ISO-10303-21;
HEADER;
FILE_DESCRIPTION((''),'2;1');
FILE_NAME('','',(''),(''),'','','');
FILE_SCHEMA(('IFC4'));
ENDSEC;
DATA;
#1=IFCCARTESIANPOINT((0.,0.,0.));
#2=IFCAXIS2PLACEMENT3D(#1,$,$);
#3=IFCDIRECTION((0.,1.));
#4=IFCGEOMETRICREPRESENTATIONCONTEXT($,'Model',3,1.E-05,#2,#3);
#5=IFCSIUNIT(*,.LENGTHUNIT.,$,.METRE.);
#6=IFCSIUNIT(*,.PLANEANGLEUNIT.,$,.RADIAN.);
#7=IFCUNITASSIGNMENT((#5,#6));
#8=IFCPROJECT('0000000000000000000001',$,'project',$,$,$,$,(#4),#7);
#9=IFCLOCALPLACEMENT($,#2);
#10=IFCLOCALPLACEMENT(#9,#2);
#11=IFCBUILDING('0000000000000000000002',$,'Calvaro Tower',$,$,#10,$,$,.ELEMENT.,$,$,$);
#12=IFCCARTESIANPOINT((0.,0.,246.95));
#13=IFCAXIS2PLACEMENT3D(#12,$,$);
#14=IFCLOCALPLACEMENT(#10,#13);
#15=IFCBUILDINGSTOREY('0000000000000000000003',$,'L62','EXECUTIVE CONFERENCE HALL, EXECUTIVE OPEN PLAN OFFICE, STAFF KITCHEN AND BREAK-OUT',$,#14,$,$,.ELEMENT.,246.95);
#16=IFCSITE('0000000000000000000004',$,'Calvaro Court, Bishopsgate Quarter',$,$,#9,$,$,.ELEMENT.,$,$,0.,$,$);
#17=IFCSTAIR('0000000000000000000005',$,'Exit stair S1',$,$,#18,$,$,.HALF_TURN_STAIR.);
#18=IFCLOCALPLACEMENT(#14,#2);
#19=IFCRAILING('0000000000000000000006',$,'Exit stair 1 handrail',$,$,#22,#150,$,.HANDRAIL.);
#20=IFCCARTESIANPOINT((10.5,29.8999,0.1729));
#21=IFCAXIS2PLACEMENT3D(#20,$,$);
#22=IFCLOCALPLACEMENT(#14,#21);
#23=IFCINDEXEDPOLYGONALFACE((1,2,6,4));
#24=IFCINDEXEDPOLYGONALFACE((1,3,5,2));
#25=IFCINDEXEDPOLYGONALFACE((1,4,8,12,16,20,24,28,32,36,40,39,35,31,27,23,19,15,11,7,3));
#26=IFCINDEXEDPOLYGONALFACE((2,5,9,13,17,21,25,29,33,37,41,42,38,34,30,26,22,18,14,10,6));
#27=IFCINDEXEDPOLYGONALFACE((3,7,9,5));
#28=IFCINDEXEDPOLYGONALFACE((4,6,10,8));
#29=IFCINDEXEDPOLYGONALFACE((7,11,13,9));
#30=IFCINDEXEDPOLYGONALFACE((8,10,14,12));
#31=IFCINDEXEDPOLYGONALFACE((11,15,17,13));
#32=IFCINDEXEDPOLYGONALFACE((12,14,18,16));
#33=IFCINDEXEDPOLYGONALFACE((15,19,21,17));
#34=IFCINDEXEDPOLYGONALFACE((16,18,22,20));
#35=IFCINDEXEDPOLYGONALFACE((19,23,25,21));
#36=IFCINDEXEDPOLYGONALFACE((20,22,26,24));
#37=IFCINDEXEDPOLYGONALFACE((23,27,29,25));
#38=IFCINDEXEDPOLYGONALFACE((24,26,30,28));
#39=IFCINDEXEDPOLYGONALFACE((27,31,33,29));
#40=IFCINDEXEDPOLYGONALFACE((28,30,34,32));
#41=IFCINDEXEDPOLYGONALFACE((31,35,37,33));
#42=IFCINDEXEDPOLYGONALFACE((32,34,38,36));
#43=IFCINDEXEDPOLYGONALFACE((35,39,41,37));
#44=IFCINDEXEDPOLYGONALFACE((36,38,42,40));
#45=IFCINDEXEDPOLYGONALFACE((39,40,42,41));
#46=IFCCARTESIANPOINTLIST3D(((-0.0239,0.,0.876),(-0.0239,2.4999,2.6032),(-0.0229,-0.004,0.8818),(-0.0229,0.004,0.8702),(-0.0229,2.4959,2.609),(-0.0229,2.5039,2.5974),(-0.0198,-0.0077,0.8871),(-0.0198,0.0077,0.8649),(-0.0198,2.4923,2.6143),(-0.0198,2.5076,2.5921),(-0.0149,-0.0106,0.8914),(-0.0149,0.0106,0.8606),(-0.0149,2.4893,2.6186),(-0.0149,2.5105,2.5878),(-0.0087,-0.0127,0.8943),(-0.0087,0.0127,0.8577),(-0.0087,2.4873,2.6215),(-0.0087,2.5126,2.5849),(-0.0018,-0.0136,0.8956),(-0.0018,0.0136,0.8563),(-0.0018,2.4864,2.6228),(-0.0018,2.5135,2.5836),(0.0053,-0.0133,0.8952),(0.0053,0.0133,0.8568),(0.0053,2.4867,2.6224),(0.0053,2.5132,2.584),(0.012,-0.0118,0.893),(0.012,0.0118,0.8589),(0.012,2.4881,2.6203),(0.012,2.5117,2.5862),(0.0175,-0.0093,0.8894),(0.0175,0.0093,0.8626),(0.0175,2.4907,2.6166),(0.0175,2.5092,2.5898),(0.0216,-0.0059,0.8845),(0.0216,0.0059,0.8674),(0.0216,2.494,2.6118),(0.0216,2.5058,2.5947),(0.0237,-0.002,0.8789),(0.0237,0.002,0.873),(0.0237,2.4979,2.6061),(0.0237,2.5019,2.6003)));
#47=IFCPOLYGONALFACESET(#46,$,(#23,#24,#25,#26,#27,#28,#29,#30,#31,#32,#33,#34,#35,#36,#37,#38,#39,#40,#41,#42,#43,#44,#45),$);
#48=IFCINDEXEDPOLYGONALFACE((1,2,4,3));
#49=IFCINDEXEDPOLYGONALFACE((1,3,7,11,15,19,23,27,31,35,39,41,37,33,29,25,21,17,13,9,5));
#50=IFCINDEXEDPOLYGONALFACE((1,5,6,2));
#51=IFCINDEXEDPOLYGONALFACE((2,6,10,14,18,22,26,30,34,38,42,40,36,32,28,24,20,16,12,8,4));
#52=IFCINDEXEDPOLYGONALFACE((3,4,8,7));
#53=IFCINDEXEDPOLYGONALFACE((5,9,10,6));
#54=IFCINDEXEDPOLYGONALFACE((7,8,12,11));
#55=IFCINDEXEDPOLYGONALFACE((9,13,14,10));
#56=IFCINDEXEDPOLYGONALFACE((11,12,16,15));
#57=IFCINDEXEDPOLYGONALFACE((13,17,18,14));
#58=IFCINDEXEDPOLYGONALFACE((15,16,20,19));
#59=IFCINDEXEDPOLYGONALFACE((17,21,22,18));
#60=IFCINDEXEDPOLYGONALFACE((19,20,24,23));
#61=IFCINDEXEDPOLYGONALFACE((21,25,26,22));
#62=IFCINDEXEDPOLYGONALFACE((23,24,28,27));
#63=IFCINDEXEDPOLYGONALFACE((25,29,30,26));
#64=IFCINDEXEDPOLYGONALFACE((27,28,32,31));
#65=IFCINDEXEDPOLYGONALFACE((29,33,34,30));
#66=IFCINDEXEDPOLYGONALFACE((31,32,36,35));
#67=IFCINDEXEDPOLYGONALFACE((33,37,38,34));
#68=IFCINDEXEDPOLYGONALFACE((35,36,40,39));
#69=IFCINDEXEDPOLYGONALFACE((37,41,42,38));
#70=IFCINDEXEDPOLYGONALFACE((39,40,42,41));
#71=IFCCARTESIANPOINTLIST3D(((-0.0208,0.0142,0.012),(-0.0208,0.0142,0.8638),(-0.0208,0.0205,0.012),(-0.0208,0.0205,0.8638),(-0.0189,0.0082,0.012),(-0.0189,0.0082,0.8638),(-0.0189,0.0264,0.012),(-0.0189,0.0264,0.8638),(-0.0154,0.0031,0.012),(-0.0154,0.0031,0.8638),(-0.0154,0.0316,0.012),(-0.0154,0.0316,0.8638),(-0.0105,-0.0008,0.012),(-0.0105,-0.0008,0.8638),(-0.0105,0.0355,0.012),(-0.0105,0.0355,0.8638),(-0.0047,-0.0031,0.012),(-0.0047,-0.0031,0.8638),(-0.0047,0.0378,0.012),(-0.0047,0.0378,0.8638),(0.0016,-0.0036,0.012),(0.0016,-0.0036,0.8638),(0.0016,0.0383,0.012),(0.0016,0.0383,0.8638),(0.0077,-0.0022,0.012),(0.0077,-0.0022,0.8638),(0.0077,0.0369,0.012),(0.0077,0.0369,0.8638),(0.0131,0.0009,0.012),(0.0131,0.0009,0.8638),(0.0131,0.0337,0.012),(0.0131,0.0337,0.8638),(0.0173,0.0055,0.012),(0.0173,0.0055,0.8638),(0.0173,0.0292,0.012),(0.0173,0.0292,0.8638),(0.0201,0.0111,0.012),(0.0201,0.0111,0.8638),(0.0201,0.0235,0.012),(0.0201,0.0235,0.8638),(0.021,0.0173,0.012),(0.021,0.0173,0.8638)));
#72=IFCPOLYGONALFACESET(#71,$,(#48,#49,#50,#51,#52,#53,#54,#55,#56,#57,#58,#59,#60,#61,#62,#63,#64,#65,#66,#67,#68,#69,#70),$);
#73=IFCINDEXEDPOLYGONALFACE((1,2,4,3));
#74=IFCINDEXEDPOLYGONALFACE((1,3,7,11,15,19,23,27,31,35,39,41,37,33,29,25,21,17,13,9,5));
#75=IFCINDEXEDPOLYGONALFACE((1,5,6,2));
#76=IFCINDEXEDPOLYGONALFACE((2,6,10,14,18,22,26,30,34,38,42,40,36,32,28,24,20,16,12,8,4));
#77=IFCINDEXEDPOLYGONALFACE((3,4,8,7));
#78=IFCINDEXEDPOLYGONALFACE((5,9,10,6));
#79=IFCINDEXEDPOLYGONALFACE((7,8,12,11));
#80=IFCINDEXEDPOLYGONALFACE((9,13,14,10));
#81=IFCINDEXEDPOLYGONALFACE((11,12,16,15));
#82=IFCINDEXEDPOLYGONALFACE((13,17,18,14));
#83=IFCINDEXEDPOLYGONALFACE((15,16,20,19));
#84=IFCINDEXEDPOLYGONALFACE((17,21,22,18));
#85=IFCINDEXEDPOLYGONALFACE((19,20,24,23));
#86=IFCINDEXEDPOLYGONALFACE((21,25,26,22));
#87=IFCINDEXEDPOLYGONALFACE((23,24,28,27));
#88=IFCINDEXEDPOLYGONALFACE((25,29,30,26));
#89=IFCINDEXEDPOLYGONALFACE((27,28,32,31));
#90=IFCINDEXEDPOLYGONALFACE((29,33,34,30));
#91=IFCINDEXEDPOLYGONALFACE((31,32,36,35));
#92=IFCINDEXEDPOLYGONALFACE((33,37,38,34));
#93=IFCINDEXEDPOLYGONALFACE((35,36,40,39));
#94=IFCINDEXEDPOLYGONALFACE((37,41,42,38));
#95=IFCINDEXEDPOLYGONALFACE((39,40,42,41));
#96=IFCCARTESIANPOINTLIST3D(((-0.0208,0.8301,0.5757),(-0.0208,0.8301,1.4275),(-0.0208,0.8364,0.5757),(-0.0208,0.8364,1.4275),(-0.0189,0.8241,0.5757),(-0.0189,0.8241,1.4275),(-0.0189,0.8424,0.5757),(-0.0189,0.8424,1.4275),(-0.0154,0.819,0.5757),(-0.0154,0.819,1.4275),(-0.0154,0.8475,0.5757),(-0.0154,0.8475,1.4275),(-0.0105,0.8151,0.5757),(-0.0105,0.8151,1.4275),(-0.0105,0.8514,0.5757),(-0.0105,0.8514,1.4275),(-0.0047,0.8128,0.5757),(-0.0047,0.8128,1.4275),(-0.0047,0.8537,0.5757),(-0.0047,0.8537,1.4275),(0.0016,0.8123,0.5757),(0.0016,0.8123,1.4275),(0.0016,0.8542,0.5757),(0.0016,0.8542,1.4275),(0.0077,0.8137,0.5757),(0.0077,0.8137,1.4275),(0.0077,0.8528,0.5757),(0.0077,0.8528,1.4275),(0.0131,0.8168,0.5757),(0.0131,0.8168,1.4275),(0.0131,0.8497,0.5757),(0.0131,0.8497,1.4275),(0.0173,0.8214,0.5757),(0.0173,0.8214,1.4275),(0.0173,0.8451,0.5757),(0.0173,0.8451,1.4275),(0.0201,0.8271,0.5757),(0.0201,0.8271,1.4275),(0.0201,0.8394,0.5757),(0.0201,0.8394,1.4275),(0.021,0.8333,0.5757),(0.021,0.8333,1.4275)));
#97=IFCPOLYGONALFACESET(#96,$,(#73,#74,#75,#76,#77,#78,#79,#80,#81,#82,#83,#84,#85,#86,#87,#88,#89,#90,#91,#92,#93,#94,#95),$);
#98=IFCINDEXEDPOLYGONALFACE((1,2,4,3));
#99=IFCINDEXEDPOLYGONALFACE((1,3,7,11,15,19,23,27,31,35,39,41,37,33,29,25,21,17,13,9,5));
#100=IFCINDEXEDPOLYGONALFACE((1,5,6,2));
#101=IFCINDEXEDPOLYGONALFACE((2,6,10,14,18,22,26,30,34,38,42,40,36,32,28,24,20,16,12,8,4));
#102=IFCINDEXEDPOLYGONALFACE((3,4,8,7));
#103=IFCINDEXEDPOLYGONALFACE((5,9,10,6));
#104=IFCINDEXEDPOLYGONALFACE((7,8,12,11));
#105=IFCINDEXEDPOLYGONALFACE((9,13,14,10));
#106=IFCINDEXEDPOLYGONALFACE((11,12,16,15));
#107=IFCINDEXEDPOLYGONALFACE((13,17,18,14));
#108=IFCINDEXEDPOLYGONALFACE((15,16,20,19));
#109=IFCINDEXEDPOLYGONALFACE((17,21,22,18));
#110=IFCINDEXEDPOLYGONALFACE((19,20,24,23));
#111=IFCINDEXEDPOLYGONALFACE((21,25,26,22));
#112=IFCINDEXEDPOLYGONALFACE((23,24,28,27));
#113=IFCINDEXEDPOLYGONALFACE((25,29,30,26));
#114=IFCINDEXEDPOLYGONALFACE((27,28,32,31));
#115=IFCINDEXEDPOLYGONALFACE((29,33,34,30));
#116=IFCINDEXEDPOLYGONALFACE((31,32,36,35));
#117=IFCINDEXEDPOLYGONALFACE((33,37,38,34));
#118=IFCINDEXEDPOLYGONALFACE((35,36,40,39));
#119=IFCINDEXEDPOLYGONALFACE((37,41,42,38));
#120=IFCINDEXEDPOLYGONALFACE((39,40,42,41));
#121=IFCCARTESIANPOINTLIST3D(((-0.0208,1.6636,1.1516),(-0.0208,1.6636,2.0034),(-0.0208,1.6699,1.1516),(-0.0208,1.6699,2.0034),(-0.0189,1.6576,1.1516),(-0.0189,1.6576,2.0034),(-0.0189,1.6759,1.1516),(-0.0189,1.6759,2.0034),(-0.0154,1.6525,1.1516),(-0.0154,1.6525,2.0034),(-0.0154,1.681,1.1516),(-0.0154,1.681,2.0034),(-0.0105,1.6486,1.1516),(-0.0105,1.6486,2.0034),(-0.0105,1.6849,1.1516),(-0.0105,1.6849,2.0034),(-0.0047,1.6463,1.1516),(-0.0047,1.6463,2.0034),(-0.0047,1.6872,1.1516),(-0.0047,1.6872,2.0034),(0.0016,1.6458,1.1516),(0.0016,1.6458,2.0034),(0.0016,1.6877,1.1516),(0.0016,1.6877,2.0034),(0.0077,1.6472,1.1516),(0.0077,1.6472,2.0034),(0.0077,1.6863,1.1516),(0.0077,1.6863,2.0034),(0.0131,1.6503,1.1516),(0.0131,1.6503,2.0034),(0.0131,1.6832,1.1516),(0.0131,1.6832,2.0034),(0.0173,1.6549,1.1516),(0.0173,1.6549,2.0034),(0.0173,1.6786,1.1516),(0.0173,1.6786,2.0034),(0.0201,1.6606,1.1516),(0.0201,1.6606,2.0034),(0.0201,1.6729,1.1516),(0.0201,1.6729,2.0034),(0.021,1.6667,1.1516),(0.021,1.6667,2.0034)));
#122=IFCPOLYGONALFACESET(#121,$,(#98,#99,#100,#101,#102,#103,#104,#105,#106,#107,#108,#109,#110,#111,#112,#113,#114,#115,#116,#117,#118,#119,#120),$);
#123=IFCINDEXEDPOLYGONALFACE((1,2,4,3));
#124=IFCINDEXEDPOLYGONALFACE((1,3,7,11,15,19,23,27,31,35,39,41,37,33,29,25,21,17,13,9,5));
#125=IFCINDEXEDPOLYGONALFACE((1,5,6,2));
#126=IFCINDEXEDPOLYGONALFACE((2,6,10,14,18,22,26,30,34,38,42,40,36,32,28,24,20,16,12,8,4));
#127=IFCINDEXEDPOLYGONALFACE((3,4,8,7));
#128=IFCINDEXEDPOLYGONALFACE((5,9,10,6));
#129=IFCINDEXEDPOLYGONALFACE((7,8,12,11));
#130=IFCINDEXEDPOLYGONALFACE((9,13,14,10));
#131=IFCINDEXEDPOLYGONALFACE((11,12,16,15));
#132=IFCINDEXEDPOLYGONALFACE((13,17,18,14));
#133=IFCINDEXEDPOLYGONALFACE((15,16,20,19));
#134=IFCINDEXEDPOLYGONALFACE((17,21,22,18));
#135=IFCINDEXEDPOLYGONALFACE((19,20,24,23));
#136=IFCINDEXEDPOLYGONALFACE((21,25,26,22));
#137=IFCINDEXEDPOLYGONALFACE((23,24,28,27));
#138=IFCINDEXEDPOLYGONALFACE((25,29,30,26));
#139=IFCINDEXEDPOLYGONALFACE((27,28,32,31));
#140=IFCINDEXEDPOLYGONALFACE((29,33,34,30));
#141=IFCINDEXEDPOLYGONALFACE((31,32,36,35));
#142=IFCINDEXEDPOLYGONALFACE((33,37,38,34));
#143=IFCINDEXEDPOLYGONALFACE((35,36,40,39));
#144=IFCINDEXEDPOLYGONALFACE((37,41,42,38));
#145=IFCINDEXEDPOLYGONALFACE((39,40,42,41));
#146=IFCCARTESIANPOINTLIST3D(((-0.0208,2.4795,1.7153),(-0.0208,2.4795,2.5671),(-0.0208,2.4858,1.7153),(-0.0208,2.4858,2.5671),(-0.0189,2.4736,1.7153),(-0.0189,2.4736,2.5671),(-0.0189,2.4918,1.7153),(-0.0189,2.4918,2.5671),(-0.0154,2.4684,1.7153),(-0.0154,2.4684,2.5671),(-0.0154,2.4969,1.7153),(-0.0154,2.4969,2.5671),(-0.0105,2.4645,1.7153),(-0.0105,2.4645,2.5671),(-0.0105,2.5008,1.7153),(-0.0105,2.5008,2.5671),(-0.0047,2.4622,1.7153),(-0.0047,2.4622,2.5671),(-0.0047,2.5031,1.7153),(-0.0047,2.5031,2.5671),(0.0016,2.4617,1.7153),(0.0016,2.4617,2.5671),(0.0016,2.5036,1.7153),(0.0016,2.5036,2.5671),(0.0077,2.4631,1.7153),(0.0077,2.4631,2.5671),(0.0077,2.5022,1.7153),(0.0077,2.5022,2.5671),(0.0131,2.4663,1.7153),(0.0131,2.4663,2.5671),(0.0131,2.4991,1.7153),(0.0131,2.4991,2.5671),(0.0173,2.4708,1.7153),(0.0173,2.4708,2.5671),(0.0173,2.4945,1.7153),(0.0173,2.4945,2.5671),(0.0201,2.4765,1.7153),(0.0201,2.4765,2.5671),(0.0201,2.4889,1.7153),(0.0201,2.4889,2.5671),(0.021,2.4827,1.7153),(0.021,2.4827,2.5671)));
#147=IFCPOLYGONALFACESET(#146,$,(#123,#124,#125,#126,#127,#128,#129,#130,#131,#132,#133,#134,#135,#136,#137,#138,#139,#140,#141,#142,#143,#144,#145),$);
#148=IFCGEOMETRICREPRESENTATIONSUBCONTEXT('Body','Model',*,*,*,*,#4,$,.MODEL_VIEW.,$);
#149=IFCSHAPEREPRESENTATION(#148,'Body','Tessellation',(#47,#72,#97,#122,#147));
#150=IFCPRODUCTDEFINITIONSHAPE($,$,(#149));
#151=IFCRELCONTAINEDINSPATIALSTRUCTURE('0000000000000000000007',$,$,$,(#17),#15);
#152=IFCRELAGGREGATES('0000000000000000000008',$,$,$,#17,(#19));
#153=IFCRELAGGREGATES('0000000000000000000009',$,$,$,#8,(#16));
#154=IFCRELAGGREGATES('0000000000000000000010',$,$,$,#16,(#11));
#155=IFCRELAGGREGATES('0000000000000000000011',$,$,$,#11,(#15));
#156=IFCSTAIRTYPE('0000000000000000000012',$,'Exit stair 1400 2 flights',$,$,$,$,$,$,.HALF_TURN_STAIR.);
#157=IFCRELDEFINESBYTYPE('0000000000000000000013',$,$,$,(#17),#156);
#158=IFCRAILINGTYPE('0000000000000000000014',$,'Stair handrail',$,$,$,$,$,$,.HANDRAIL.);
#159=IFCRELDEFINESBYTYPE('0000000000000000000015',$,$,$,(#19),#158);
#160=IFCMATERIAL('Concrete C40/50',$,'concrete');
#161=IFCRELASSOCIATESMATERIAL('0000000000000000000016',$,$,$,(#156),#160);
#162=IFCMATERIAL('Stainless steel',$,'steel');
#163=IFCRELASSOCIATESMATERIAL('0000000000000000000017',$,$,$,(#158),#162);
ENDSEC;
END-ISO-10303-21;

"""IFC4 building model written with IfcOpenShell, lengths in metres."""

from ifc_helpers import new_model, si_unit, direction, frame, origin, origin_2d, place, context, subcontext, project, spatial, circle, extrude, material, type_object, element, aggregate, save


model = new_model("IFC4")

# Units and contexts
model_context = context("Model", 3, precision=1e-05, world=origin(), true_north=direction((0.0, 1.0)))
body_context = subcontext(model_context, "Body", "Model", "MODEL_VIEW")
ifc_project = project(units=[si_unit("LENGTHUNIT", "METRE"), si_unit("PLANEANGLEUNIT", "RADIAN")], contexts=[model_context])

# Site, building, storey
site_placement = place(None, origin())
site = spatial("IfcSite", under=ifc_project, at=site_placement, Name="Calvaro Court, Bishopsgate Quarter", CompositionType="ELEMENT", RefElevation=0.0)
building_placement = place(site_placement, origin())
building = spatial("IfcBuilding", under=site, at=building_placement, Name="Calvaro Tower", CompositionType="ELEMENT")
storey_placement = place(building_placement, frame((0.0, 0.0, 246.95)))
storey = spatial("IfcBuildingStorey", under=building, at=storey_placement, Name="L62", Description="EXECUTIVE CONFERENCE HALL, EXECUTIVE OPEN PLAN OFFICE, STAFF KITCHEN AND BREAK-OUT", CompositionType="ELEMENT", Elevation=246.95)

# Stair, railing
ifc_material_1 = material(Name="Concrete C40/50", Category="concrete")
stair_type = type_object("IfcStairType", Name="Exit stair 1400 2 flights", PredefinedType="HALF_TURN_STAIR", material=ifc_material_1)
stair_placement = place(storey_placement, origin())
stair = element("IfcStair", 1, at=stair_placement, inside=storey, type_object=stair_type, Name="Exit stair S1", PredefinedType="HALF_TURN_STAIR")
ifc_material_2 = material(Name="Stainless steel", Category="steel")
railing_type = type_object("IfcRailingType", Name="Stair handrail", PredefinedType="HANDRAIL", material=ifc_material_2)
railing_1_placement = place(storey_placement, frame((10.5, 29.8999, 0.1729)))
railing_1 = element("IfcRailing", 2, at=railing_1_placement, type_object=railing_type, Name="Exit stair 1 handrail", PredefinedType="HANDRAIL", context=body_context, shape_type="SweptSolid", body=[
    extrude(circle(Radius=0.0239, at=origin_2d()), frame((0.0, 0.0, 0.876), z_axis=(0.0, 0.822727, 0.568437), x_axis=(-1.0, 0.0, 0.0)), (0.0, 0.0, 1.0), 3.0386),
    extrude(circle(Radius=0.021, at=origin_2d()), frame((0.0, 0.0173, 0.012)), (0.0, 0.0, 1.0), 0.8518),
    extrude(circle(Radius=0.021, at=origin_2d()), frame((0.0, 0.8333, 0.5757)), (0.0, 0.0, 1.0), 0.8518),
    extrude(circle(Radius=0.021, at=origin_2d()), frame((0.0, 1.6667, 1.1516)), (0.0, 0.0, 1.0), 0.8518),
    extrude(circle(Radius=0.021, at=origin_2d()), frame((0.0, 2.4827, 1.7153)), (0.0, 0.0, 1.0), 0.8518),
])
aggregate(stair, [railing_1])

save(model, "model.ifc")
